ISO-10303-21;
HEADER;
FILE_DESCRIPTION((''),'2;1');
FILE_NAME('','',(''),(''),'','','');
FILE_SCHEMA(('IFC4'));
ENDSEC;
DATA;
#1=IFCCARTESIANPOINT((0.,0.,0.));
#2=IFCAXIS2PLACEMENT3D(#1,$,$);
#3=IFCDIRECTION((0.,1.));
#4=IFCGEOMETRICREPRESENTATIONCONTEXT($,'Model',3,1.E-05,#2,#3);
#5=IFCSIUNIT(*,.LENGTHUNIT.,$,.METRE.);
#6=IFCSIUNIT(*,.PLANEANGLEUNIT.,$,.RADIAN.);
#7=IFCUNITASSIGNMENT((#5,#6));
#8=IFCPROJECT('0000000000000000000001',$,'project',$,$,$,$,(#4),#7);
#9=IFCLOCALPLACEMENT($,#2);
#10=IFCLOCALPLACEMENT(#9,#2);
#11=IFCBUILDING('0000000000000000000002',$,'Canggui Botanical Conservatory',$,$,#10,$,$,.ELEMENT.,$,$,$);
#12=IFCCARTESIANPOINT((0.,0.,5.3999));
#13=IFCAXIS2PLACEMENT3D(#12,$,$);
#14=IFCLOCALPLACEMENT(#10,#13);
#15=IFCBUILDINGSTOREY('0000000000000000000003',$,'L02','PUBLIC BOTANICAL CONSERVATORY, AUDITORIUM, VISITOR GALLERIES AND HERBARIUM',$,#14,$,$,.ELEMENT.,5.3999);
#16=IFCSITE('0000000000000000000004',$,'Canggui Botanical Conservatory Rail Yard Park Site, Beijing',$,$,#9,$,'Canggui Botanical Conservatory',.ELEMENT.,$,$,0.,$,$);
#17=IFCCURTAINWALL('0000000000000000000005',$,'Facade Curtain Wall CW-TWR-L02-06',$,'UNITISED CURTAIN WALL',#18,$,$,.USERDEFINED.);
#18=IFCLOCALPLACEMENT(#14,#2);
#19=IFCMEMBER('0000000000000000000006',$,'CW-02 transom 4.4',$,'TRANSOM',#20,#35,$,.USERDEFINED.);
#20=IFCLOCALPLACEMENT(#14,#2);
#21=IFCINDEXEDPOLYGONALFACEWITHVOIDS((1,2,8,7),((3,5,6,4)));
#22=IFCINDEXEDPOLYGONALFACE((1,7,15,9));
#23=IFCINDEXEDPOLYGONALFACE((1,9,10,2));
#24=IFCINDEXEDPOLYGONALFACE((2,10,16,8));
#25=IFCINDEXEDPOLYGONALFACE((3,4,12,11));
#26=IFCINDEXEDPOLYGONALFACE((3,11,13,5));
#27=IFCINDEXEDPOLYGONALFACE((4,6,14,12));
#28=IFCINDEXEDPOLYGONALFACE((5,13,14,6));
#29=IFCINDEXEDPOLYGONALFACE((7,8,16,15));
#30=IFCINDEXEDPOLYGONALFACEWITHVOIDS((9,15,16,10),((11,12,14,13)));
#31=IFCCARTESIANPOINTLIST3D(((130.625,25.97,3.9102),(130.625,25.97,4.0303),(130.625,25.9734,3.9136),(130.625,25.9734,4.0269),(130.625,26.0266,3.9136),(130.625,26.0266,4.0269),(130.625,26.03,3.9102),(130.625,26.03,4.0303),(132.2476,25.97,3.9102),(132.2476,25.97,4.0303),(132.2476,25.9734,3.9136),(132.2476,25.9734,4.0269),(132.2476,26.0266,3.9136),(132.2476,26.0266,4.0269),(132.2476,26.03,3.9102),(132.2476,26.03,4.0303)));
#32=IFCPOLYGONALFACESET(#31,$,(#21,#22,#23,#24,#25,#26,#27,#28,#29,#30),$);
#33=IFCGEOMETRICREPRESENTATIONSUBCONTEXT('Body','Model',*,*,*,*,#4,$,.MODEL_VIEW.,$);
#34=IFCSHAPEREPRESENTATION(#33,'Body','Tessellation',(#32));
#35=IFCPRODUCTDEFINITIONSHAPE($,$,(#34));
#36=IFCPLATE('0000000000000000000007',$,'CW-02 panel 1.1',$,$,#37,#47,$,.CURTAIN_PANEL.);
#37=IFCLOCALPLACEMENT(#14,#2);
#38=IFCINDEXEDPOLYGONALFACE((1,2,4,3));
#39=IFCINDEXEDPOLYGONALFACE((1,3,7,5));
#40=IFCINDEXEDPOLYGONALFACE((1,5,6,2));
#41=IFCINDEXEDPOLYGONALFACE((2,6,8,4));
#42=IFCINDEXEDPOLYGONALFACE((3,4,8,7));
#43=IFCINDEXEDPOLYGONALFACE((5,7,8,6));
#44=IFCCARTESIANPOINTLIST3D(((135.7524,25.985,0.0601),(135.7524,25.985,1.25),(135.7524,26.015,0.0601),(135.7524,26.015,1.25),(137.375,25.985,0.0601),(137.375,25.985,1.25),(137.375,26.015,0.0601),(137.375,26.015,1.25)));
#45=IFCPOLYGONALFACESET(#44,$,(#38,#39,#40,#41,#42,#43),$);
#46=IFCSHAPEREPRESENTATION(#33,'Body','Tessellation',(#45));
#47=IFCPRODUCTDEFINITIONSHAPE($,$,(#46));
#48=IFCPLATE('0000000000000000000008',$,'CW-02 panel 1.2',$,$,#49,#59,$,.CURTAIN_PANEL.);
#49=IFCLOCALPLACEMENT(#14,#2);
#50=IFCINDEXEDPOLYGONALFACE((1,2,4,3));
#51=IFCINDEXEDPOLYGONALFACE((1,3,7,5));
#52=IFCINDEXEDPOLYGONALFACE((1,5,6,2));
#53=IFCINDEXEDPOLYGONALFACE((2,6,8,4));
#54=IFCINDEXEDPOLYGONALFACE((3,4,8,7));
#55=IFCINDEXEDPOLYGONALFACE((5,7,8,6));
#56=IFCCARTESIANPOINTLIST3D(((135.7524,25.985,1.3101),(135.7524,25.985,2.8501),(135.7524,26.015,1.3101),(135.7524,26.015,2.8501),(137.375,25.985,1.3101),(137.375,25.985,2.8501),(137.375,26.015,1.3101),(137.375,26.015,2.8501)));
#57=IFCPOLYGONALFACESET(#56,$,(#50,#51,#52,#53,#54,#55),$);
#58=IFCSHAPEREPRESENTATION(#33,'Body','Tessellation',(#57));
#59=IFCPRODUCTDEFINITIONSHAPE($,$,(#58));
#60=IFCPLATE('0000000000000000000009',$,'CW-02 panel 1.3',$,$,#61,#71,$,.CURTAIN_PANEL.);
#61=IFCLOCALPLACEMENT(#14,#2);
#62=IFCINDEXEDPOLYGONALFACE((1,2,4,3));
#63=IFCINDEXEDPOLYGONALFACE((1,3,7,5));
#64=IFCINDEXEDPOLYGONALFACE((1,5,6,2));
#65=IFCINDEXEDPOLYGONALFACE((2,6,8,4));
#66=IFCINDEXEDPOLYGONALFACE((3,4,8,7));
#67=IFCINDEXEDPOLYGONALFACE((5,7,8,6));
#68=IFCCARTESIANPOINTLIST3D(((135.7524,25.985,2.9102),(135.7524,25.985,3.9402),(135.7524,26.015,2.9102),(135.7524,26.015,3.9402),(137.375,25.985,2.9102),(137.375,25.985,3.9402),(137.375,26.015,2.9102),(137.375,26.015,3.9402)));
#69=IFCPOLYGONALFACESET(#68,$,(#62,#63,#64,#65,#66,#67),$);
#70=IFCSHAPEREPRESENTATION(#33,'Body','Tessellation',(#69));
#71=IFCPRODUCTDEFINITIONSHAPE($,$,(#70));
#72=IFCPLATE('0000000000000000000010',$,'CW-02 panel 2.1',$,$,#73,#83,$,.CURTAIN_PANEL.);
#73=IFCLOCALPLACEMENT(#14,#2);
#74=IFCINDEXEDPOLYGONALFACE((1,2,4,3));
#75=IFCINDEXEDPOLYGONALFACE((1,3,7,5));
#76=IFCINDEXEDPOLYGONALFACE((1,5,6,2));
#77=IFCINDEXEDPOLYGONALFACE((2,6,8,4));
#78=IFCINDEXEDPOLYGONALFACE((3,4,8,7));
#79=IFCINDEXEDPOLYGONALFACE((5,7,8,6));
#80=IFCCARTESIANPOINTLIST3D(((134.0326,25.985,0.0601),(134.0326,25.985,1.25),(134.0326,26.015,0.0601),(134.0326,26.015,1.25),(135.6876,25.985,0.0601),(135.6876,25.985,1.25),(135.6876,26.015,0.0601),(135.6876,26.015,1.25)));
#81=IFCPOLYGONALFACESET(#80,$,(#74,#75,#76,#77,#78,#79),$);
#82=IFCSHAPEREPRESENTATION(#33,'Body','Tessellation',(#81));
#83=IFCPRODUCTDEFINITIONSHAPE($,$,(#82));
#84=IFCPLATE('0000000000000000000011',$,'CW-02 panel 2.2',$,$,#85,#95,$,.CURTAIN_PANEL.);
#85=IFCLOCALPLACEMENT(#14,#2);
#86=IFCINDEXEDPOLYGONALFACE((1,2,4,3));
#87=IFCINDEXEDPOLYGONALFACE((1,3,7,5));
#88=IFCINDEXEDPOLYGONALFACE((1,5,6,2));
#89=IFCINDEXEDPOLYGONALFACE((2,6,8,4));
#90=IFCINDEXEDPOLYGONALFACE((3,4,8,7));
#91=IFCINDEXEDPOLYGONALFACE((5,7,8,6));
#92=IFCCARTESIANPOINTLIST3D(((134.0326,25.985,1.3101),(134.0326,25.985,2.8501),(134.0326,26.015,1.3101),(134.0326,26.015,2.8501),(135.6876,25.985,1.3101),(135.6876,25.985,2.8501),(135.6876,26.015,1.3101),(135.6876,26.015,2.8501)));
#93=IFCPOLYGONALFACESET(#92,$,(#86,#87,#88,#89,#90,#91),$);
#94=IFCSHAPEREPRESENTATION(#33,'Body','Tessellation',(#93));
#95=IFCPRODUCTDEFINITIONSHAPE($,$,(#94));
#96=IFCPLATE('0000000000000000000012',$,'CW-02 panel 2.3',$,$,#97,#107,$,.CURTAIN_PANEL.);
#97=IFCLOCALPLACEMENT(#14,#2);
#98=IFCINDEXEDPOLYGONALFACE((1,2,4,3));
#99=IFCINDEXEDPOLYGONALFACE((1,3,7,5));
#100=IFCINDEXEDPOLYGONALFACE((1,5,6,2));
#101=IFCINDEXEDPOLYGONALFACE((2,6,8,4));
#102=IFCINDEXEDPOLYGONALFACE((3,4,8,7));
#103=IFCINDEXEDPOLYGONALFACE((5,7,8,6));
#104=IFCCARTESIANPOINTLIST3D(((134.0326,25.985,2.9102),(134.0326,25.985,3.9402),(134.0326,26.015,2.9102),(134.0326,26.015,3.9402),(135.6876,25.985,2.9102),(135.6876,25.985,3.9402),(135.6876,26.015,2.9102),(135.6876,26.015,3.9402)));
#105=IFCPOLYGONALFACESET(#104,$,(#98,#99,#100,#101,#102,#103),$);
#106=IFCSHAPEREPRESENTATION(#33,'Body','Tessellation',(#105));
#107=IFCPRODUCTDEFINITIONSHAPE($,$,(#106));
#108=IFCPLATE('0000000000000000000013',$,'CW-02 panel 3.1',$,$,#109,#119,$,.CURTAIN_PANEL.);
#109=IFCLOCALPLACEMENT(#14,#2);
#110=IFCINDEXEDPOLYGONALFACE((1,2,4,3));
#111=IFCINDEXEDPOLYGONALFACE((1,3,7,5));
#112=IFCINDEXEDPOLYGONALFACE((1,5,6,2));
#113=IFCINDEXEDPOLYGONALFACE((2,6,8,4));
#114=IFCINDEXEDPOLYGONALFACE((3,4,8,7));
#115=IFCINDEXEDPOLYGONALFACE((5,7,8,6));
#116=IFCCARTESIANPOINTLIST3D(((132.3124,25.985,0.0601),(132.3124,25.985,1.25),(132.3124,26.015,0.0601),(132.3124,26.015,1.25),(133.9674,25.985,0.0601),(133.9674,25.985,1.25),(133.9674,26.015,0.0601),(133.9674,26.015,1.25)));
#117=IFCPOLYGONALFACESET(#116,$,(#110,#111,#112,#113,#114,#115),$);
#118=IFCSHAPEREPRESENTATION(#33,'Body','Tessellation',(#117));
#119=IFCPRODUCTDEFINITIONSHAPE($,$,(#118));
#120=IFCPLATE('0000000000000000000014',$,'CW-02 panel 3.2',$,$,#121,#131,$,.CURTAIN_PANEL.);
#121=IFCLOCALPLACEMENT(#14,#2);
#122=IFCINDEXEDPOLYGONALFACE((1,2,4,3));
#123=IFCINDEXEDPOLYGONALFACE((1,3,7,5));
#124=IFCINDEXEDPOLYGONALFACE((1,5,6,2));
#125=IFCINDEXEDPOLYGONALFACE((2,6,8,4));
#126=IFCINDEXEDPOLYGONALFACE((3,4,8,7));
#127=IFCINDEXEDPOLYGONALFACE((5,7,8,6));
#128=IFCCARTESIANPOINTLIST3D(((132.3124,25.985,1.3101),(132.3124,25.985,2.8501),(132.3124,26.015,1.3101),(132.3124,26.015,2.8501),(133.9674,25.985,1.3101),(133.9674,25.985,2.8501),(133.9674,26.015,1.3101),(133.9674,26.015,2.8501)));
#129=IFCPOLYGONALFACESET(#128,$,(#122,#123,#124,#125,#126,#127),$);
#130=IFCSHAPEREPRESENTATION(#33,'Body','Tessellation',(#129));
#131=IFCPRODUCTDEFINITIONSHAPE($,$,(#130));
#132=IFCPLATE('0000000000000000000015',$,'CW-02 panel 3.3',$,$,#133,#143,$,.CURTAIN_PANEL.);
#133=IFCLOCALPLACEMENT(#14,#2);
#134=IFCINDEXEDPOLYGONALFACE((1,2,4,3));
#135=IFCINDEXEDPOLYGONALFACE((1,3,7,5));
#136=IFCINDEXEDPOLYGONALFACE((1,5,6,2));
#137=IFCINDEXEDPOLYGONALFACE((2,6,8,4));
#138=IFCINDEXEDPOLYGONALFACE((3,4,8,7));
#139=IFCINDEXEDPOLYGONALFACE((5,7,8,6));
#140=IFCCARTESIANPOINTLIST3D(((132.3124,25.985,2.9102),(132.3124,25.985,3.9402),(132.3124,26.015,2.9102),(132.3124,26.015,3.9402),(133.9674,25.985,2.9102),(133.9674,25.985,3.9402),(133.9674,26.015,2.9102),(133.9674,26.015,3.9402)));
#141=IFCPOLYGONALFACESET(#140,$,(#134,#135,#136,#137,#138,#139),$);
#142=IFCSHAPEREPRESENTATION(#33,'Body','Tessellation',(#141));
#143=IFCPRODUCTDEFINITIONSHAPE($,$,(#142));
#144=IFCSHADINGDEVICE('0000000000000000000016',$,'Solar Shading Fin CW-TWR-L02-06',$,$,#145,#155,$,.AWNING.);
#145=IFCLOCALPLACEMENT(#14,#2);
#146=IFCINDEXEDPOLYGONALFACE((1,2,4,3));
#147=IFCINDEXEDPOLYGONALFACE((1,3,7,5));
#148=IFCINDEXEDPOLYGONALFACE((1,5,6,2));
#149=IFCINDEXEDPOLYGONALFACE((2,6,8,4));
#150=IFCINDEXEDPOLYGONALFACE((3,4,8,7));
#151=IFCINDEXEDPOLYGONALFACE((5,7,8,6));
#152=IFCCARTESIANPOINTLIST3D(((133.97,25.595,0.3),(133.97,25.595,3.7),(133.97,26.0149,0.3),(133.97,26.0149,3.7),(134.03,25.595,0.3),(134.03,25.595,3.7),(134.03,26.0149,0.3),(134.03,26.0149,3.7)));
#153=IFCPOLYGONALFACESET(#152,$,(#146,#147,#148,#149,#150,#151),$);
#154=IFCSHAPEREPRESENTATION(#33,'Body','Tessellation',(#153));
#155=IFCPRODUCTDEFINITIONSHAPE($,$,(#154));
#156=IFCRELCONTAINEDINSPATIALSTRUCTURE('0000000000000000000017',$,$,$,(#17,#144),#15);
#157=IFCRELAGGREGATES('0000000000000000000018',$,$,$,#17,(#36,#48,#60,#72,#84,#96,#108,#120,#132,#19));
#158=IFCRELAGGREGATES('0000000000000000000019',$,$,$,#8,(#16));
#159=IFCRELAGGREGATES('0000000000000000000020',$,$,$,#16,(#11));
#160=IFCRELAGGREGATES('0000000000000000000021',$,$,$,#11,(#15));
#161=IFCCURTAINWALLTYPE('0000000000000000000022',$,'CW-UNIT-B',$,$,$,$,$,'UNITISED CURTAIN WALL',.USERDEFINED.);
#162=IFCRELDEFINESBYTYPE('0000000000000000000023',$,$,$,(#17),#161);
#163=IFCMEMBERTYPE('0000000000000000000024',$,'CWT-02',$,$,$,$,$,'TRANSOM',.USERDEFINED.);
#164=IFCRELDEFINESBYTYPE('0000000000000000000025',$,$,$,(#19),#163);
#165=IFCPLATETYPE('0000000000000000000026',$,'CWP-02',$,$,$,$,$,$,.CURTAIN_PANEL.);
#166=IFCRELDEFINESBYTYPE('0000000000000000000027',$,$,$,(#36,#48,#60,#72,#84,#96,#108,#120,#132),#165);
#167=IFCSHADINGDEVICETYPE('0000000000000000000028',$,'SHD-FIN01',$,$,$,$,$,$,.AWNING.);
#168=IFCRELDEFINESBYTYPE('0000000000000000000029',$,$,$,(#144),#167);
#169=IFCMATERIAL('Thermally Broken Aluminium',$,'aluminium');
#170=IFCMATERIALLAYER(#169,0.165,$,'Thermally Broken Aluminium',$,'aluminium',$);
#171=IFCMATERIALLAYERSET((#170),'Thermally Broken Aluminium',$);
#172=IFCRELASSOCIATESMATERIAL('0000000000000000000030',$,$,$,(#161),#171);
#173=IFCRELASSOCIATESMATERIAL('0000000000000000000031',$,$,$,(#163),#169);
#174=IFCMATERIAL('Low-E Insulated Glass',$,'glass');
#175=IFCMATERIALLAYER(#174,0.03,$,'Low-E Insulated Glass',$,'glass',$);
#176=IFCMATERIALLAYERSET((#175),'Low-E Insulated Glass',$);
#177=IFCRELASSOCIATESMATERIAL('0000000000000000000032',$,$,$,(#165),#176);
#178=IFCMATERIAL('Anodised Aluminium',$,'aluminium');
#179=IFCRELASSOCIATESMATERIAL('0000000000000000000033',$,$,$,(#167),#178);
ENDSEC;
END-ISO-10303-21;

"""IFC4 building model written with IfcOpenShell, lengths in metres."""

from ifc_helpers import new_model, si_unit, direction, frame, origin, origin_2d, place, context, subcontext, project, spatial, rectangle, hollow_rectangle, extrude, material, layer, layer_set, material_profile, profile_set, type_object, element, aggregate, save


model = new_model("IFC4")

# Units and contexts
model_context = context("Model", 3, precision=1e-05, world=origin(), true_north=direction((0.0, 1.0)))
body_context = subcontext(model_context, "Body", "Model", "MODEL_VIEW")
ifc_project = project(units=[si_unit("LENGTHUNIT", "METRE"), si_unit("PLANEANGLEUNIT", "RADIAN")], contexts=[model_context])

# Site, building, storey
site_placement = place(None, origin())
site = spatial("IfcSite", under=ifc_project, at=site_placement, Name="Canggui Botanical Conservatory Rail Yard Park Site, Beijing", LongName="Canggui Botanical Conservatory", CompositionType="ELEMENT", RefElevation=0.0)
building_placement = place(site_placement, origin())
building = spatial("IfcBuilding", under=site, at=building_placement, Name="Canggui Botanical Conservatory", CompositionType="ELEMENT")
storey_placement = place(building_placement, frame((0.0, 0.0, 5.3999)))
storey = spatial("IfcBuildingStorey", under=building, at=storey_placement, Name="L02", Description="PUBLIC BOTANICAL CONSERVATORY, AUDITORIUM, VISITOR GALLERIES AND HERBARIUM", CompositionType="ELEMENT", Elevation=5.3999)

# Curtain wall, member, plates
ifc_material_1 = material(Name="Thermally Broken Aluminium", Category="aluminium")
ifc_layer_1 = layer(ifc_material_1, 0.165, Name="Thermally Broken Aluminium", Category="aluminium")
ifc_layer_set_1 = layer_set([ifc_layer_1], Name="Thermally Broken Aluminium")
curtain_wall_type = type_object("IfcCurtainWallType", Name="CW-UNIT-B", ElementType="UNITISED CURTAIN WALL", PredefinedType="USERDEFINED", material=ifc_layer_set_1)
curtain_wall_placement = place(storey_placement, origin())
curtain_wall = element("IfcCurtainWall", 1, at=curtain_wall_placement, inside=storey, type_object=curtain_wall_type, Name="Facade Curtain Wall CW-TWR-L02-06", ObjectType="UNITISED CURTAIN WALL", PredefinedType="USERDEFINED")
ifc_material_profile_1 = material_profile(ifc_material_1, hollow_rectangle(XDim=0.0601, YDim=0.1201, WallThickness=0.0034, at=origin_2d()), Name="CWT 60x120x3.5")
ifc_profile_set_1 = profile_set([ifc_material_profile_1], Name="Thermally Broken Aluminium")
member_type_1 = type_object("IfcMemberType", Name="CWT-02", ElementType="TRANSOM", PredefinedType="USERDEFINED", material=ifc_profile_set_1)
member_1_placement = place(storey_placement, frame((132.2476, 26.0, 3.9702), z_axis=(-1.0, 0.0, 0.0), x_axis=(0.0, -1.0, 0.0)))
member_1 = element("IfcMember", 2, at=member_1_placement, type_object=member_type_1, Name="CW-02 transom 4.4", ObjectType="TRANSOM", PredefinedType="USERDEFINED", context=body_context, shape_type="SweptSolid", body=[
    extrude(hollow_rectangle(XDim=0.0601, YDim=0.1201, WallThickness=0.0034, at=origin_2d()), origin(), (0.0, 0.0, 1.0), 1.6226),
])
ifc_material_2 = material(Name="Low-E Insulated Glass", Category="glass")
ifc_layer_2 = layer(ifc_material_2, 0.03, Name="Low-E Insulated Glass", Category="glass")
ifc_layer_set_2 = layer_set([ifc_layer_2], Name="Low-E Insulated Glass")
plate_type = type_object("IfcPlateType", Name="CWP-02", PredefinedType="CURTAIN_PANEL", material=ifc_layer_set_2)
plate_1_placement = place(storey_placement, frame((136.5637, 26.0, 0.0601), z_axis=(0.0, 0.0, 1.0), x_axis=(-1.0, 0.0, 0.0)))
plate_1 = element("IfcPlate", 3, at=plate_1_placement, type_object=plate_type, Name="CW-02 panel 1.1", PredefinedType="CURTAIN_PANEL", context=body_context, shape_type="SweptSolid", body=[
    extrude(rectangle(XDim=1.6226, YDim=0.03, at=origin_2d()), origin(), (0.0, 0.0, 1.0), 1.1899),
])
plate_2_placement = place(storey_placement, frame((136.5637, 26.0, 1.3101), z_axis=(0.0, 0.0, 1.0), x_axis=(-1.0, 0.0, 0.0)))
plate_2 = element("IfcPlate", 4, at=plate_2_placement, type_object=plate_type, Name="CW-02 panel 1.2", PredefinedType="CURTAIN_PANEL", context=body_context, shape_type="SweptSolid", body=[
    extrude(rectangle(XDim=1.6226, YDim=0.03, at=origin_2d()), origin(), (0.0, 0.0, 1.0), 1.54),
])
plate_3_placement = place(storey_placement, frame((136.5637, 26.0, 2.9102), z_axis=(0.0, 0.0, 1.0), x_axis=(-1.0, 0.0, 0.0)))
plate_3 = element("IfcPlate", 5, at=plate_3_placement, type_object=plate_type, Name="CW-02 panel 1.3", PredefinedType="CURTAIN_PANEL", context=body_context, shape_type="SweptSolid", body=[
    extrude(rectangle(XDim=1.6226, YDim=0.03, at=origin_2d()), origin(), (0.0, 0.0, 1.0), 1.03),
])
plate_4_placement = place(storey_placement, frame((134.8601, 26.0, 0.0601), z_axis=(0.0, 0.0, 1.0), x_axis=(-1.0, 0.0, 0.0)))
plate_4 = element("IfcPlate", 6, at=plate_4_placement, type_object=plate_type, Name="CW-02 panel 2.1", PredefinedType="CURTAIN_PANEL", context=body_context, shape_type="SweptSolid", body=[
    extrude(rectangle(XDim=1.655, YDim=0.03, at=origin_2d()), origin(), (0.0, 0.0, 1.0), 1.1899),
])
plate_5_placement = place(storey_placement, frame((134.8601, 26.0, 1.3101), z_axis=(0.0, 0.0, 1.0), x_axis=(-1.0, 0.0, 0.0)))
plate_5 = element("IfcPlate", 7, at=plate_5_placement, type_object=plate_type, Name="CW-02 panel 2.2", PredefinedType="CURTAIN_PANEL", context=body_context, shape_type="SweptSolid", body=[
    extrude(rectangle(XDim=1.655, YDim=0.03, at=origin_2d()), origin(), (0.0, 0.0, 1.0), 1.54),
])
plate_6_placement = place(storey_placement, frame((134.8601, 26.0, 2.9102), z_axis=(0.0, 0.0, 1.0), x_axis=(-1.0, 0.0, 0.0)))
plate_6 = element("IfcPlate", 8, at=plate_6_placement, type_object=plate_type, Name="CW-02 panel 2.3", PredefinedType="CURTAIN_PANEL", context=body_context, shape_type="SweptSolid", body=[
    extrude(rectangle(XDim=1.655, YDim=0.03, at=origin_2d()), origin(), (0.0, 0.0, 1.0), 1.03),
])
plate_7_placement = place(storey_placement, frame((133.1399, 26.0, 0.0601), z_axis=(0.0, 0.0, 1.0), x_axis=(-1.0, 0.0, 0.0)))
plate_7 = element("IfcPlate", 9, at=plate_7_placement, type_object=plate_type, Name="CW-02 panel 3.1", PredefinedType="CURTAIN_PANEL", context=body_context, shape_type="SweptSolid", body=[
    extrude(rectangle(XDim=1.655, YDim=0.03, at=origin_2d()), origin(), (0.0, 0.0, 1.0), 1.1899),
])
plate_8_placement = place(storey_placement, frame((133.1399, 26.0, 1.3101), z_axis=(0.0, 0.0, 1.0), x_axis=(-1.0, 0.0, 0.0)))
plate_8 = element("IfcPlate", 10, at=plate_8_placement, type_object=plate_type, Name="CW-02 panel 3.2", PredefinedType="CURTAIN_PANEL", context=body_context, shape_type="SweptSolid", body=[
    extrude(rectangle(XDim=1.655, YDim=0.03, at=origin_2d()), origin(), (0.0, 0.0, 1.0), 1.54),
])
plate_9_placement = place(storey_placement, frame((133.1399, 26.0, 2.9102), z_axis=(0.0, 0.0, 1.0), x_axis=(-1.0, 0.0, 0.0)))
plate_9 = element("IfcPlate", 11, at=plate_9_placement, type_object=plate_type, Name="CW-02 panel 3.3", PredefinedType="CURTAIN_PANEL", context=body_context, shape_type="SweptSolid", body=[
    extrude(rectangle(XDim=1.655, YDim=0.03, at=origin_2d()), origin(), (0.0, 0.0, 1.0), 1.03),
])
aggregate(curtain_wall, [plate_1, plate_2, plate_3, plate_4, plate_5, plate_6, plate_7, plate_8, plate_9, member_1])

# Shading device
ifc_material_3 = material(Name="Anodised Aluminium", Category="aluminium")
shading_device_type = type_object("IfcShadingDeviceType", Name="SHD-FIN01", PredefinedType="AWNING", material=ifc_material_3)
shading_device_placement = place(storey_placement, frame((134.0, 25.8049, 0.3), z_axis=(0.0, 0.0, 1.0), x_axis=(-1.0, 0.0, 0.0)))
element("IfcShadingDevice", 12, at=shading_device_placement, inside=storey, type_object=shading_device_type, Name="Solar Shading Fin CW-TWR-L02-06", PredefinedType="AWNING", context=body_context, shape_type="SweptSolid", body=[
    extrude(rectangle(XDim=0.0601, YDim=0.4199, at=origin_2d()), origin(), (0.0, 0.0, 1.0), 3.3999),
])

save(model, "model.ifc")
